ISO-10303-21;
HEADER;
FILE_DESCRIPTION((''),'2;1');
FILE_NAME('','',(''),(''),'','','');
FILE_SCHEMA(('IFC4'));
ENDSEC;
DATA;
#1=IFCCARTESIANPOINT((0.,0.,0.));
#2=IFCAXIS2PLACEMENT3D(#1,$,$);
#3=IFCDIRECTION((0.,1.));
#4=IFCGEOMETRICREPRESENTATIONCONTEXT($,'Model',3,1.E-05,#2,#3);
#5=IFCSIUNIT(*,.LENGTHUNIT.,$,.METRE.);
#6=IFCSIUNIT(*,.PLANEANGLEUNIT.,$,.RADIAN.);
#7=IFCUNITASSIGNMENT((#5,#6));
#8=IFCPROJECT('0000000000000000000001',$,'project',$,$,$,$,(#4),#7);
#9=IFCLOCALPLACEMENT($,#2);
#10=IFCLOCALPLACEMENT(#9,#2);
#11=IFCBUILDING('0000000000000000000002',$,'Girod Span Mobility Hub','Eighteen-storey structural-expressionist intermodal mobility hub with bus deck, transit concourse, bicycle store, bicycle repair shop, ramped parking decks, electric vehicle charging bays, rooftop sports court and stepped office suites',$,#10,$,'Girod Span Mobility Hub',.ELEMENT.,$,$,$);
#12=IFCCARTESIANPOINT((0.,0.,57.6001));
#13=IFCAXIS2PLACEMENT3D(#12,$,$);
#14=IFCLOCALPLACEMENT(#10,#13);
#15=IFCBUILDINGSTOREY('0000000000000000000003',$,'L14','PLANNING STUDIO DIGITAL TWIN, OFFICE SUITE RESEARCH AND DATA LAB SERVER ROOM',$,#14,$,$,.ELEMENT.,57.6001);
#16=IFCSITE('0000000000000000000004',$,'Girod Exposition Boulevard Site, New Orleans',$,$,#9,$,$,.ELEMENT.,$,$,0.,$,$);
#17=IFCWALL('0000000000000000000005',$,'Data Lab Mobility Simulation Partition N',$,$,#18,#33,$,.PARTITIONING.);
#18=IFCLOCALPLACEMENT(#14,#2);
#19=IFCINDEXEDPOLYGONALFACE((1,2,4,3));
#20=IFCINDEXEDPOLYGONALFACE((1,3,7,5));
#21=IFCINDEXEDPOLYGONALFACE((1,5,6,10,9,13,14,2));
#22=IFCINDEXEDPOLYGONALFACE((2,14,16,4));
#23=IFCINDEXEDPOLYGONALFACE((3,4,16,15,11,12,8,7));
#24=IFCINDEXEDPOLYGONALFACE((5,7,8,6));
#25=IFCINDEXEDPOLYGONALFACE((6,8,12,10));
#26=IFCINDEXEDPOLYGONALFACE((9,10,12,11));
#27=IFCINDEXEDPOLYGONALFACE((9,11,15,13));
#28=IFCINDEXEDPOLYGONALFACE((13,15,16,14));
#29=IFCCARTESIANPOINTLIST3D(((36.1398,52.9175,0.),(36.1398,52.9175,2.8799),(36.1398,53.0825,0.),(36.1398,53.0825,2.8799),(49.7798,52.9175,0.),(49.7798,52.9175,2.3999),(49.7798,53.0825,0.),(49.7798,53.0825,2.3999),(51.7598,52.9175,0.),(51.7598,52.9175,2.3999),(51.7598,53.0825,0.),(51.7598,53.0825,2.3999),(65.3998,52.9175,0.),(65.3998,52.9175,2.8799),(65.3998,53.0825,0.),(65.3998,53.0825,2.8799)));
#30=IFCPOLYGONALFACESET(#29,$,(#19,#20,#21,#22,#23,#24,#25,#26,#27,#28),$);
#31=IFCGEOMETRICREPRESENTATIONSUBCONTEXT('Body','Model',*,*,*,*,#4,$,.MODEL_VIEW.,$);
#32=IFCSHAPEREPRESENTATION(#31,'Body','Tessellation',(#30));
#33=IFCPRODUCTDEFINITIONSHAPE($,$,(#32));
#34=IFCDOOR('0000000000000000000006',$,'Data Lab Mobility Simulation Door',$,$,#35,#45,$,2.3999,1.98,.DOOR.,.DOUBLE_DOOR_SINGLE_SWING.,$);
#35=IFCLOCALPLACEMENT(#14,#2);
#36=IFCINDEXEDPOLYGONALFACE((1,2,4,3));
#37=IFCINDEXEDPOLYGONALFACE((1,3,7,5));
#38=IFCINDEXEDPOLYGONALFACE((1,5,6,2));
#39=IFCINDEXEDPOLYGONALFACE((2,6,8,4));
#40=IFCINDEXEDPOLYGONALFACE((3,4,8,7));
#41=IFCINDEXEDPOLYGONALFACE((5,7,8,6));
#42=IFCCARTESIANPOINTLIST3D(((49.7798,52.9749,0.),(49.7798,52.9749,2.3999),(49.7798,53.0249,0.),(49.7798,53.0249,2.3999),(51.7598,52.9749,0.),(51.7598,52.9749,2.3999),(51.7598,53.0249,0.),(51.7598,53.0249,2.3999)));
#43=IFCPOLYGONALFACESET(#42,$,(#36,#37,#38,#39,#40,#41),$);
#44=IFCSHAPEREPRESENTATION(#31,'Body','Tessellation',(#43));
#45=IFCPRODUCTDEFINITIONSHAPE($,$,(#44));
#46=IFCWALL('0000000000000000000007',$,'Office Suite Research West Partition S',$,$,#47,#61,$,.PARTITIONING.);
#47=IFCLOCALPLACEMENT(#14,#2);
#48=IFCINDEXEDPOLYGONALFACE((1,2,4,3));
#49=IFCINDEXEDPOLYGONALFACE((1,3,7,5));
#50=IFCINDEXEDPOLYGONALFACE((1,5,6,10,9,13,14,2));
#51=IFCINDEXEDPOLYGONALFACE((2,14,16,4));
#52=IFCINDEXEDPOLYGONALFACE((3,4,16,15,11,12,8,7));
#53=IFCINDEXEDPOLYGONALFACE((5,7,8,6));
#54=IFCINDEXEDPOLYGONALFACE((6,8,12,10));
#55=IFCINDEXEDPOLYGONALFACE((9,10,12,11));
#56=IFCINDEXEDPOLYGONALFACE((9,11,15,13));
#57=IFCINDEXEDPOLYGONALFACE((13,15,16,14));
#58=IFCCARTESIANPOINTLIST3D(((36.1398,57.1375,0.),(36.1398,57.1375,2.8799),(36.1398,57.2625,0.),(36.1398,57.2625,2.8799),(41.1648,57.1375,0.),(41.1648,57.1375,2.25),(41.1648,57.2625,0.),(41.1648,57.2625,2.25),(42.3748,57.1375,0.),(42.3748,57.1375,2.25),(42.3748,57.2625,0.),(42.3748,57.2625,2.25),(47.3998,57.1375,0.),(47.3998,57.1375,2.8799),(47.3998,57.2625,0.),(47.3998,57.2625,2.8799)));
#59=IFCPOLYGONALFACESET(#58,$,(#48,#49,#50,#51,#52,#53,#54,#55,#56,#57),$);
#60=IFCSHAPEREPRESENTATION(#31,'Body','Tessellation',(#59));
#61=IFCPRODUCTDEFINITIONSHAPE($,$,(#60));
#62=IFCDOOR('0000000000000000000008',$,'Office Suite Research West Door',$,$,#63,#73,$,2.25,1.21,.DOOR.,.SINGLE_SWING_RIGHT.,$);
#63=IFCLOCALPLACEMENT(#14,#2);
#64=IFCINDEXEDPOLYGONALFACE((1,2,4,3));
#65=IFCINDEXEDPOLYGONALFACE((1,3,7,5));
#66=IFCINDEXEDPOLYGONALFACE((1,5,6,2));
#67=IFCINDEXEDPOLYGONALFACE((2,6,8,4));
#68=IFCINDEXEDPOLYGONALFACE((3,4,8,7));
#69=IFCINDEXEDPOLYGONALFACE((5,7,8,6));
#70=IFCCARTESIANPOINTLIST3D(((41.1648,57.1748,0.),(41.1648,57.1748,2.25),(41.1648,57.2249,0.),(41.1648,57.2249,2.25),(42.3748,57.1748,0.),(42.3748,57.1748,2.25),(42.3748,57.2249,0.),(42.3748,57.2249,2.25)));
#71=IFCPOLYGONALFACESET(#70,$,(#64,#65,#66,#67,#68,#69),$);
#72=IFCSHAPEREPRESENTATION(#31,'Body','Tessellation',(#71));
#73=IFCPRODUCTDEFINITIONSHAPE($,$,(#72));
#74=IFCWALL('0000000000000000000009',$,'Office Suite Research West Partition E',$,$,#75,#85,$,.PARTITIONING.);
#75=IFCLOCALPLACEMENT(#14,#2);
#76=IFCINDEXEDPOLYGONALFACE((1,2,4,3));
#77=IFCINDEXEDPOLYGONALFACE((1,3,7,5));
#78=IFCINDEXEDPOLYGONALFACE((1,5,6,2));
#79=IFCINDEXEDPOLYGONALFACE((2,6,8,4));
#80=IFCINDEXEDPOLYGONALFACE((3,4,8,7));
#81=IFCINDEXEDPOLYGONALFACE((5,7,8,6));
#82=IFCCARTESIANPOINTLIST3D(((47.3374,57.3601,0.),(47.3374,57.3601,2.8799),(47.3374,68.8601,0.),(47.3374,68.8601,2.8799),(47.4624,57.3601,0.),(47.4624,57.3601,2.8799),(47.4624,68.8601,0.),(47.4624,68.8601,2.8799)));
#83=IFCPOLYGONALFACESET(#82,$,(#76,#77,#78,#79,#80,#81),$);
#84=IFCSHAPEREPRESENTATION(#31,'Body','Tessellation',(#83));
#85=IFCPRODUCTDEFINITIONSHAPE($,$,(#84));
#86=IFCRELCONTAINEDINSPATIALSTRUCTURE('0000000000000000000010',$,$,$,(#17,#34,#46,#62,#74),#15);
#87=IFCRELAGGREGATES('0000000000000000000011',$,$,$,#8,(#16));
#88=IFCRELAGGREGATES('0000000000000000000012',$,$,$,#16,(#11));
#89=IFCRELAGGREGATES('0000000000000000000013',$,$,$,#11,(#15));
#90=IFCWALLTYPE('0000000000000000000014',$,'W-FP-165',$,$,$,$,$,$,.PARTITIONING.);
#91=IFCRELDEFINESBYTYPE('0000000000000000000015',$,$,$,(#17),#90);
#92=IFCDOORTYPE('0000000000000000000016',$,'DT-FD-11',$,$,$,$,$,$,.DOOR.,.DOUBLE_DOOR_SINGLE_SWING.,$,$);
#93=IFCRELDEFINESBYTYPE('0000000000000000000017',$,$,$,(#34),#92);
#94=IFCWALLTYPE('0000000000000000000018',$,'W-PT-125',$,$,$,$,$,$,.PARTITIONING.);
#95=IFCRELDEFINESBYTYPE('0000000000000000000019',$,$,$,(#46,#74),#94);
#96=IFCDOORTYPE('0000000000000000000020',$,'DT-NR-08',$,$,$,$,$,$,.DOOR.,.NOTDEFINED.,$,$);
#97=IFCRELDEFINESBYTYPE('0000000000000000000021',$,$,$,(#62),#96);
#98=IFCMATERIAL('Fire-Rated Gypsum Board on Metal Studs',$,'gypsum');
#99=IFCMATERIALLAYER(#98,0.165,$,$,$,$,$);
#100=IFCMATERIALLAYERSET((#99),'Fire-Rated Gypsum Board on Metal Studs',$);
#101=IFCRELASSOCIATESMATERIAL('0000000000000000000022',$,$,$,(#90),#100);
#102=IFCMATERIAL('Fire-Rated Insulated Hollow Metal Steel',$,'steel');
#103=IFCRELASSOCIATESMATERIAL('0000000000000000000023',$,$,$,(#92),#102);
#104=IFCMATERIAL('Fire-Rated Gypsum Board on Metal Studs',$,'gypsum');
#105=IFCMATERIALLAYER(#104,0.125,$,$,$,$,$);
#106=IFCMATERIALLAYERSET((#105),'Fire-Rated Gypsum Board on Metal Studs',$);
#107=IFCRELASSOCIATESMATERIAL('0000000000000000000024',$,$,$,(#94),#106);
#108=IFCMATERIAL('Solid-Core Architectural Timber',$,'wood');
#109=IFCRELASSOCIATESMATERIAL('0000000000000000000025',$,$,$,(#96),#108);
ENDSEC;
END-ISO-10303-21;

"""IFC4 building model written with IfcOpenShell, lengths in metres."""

from ifc_helpers import new_model, si_unit, direction, frame, frame_2d, origin, place, context, subcontext, project, spatial, rectangle, extrude, material, layer, layer_set, type_object, element, fill, save


model = new_model("IFC4")

# Units and contexts
model_context = context("Model", 3, precision=1e-05, world=origin(), true_north=direction((0.0, 1.0)))
body_context = subcontext(model_context, "Body", "Model", "MODEL_VIEW")
ifc_project = project(units=[si_unit("LENGTHUNIT", "METRE"), si_unit("PLANEANGLEUNIT", "RADIAN")], contexts=[model_context])

# Site, building, storey
site_placement = place(None, origin())
site = spatial("IfcSite", under=ifc_project, at=site_placement, Name="Girod Exposition Boulevard Site, New Orleans", CompositionType="ELEMENT", RefElevation=0.0)
building_placement = place(site_placement, origin())
building = spatial("IfcBuilding", under=site, at=building_placement, Name="Girod Span Mobility Hub", Description="Eighteen-storey structural-expressionist intermodal mobility hub with bus deck, transit concourse, bicycle store, bicycle repair shop, ramped parking decks, electric vehicle charging bays, rooftop sports court and stepped office suites", LongName="Girod Span Mobility Hub", CompositionType="ELEMENT")
storey_placement = place(building_placement, frame((0.0, 0.0, 57.6001)))
storey = spatial("IfcBuildingStorey", under=building, at=storey_placement, Name="L14", Description="PLANNING STUDIO DIGITAL TWIN, OFFICE SUITE RESEARCH AND DATA LAB SERVER ROOM", CompositionType="ELEMENT", Elevation=57.6001)

# Walls, openings, doors
ifc_material_1 = material(Name="Fire-Rated Gypsum Board on Metal Studs", Category="gypsum")
ifc_layer_1 = layer(ifc_material_1, 0.165)
ifc_layer_set_1 = layer_set([ifc_layer_1], Name="Fire-Rated Gypsum Board on Metal Studs")
wall_type_1 = type_object("IfcWallType", Name="W-FP-165", PredefinedType="PARTITIONING", material=ifc_layer_set_1)
wall_1_placement = place(storey_placement, frame((36.1399, 53.0, 0.0), z_axis=(0.0, 0.0, 1.0), x_axis=(1.0, 0.0, 0.0)))
wall_1 = element("IfcWall", 1, at=wall_1_placement, inside=storey, type_object=wall_type_1, Name="Data Lab Mobility Simulation Partition N", PredefinedType="PARTITIONING", context=body_context, shape_type="SweptSolid", body=[
    extrude(rectangle(XDim=29.26, YDim=0.165, at=frame_2d((14.6299, 0.0))), origin(), (0.0, 0.0, 1.0), 2.8799),
])
opening_1_placement = place(wall_1_placement, frame((13.6399, 0.0, 0.0)))
opening_1 = element("IfcOpeningElement", 2, at=opening_1_placement, cuts=wall_1, PredefinedType="OPENING", context=body_context, shape_type="SweptSolid", body=[
    extrude(rectangle(XDim=1.98, YDim=2.3999, at=frame_2d((0.99, 1.2))), frame((0.0, 0.0974, 0.0), z_axis=(0.0, -1.0, 0.0), x_axis=(1.0, 0.0, 0.0)), (0.0, 0.0, 1.0), 0.1951),
])
ifc_material_2 = material(Name="Fire-Rated Insulated Hollow Metal Steel", Category="steel")
door_type_1 = type_object("IfcDoorType", Name="DT-FD-11", OperationType="DOUBLE_DOOR_SINGLE_SWING", PredefinedType="DOOR", material=ifc_material_2)
door_1_placement = place(opening_1_placement, origin())
door_1 = element("IfcDoor", 3, at=door_1_placement, inside=storey, type_object=door_type_1, Name="Data Lab Mobility Simulation Door", OperationType="DOUBLE_DOOR_SINGLE_SWING", OverallHeight=2.3999, OverallWidth=1.98, PredefinedType="DOOR", context=body_context, shape_type="SweptSolid", body=[
    extrude(rectangle(XDim=1.98, YDim=2.3999, at=frame_2d((0.99, 1.2))), frame((0.0, 0.0249, 0.0), z_axis=(0.0, -1.0, 0.0), x_axis=(1.0, 0.0, 0.0)), (0.0, 0.0, 1.0), 0.05),
])
fill(opening_1, door_1)
ifc_material_3 = material(Name="Fire-Rated Gypsum Board on Metal Studs", Category="gypsum")
ifc_layer_2 = layer(ifc_material_3, 0.125)
ifc_layer_set_2 = layer_set([ifc_layer_2], Name="Fire-Rated Gypsum Board on Metal Studs")
wall_type_2 = type_object("IfcWallType", Name="W-PT-125", PredefinedType="PARTITIONING", material=ifc_layer_set_2)
wall_2_placement = place(storey_placement, frame((36.1399, 57.2, 0.0), z_axis=(0.0, 0.0, 1.0), x_axis=(1.0, 0.0, 0.0)))
wall_2 = element("IfcWall", 4, at=wall_2_placement, inside=storey, type_object=wall_type_2, Name="Office Suite Research West Partition S", PredefinedType="PARTITIONING", context=body_context, shape_type="SweptSolid", body=[
    extrude(rectangle(XDim=11.26, YDim=0.125, at=frame_2d((5.6299, 0.0))), origin(), (0.0, 0.0, 1.0), 2.8799),
])
opening_2_placement = place(wall_2_placement, frame((5.0249, 0.0, 0.0)))
opening_2 = element("IfcOpeningElement", 5, at=opening_2_placement, cuts=wall_2, PredefinedType="OPENING", context=body_context, shape_type="SweptSolid", body=[
    extrude(rectangle(XDim=1.21, YDim=2.25, at=frame_2d((0.605, 1.125))), frame((0.0, 0.0774, 0.0), z_axis=(0.0, -1.0, 0.0), x_axis=(1.0, 0.0, 0.0)), (0.0, 0.0, 1.0), 0.155),
])
ifc_material_4 = material(Name="Solid-Core Architectural Timber", Category="wood")
door_type_2 = type_object("IfcDoorType", Name="DT-NR-08", OperationType="NOTDEFINED", PredefinedType="DOOR", material=ifc_material_4)
door_2_placement = place(opening_2_placement, origin())
door_2 = element("IfcDoor", 6, at=door_2_placement, inside=storey, type_object=door_type_2, Name="Office Suite Research West Door", OperationType="SINGLE_SWING_RIGHT", OverallHeight=2.25, OverallWidth=1.21, PredefinedType="DOOR", context=body_context, shape_type="SweptSolid", body=[
    extrude(rectangle(XDim=1.21, YDim=2.25, at=frame_2d((0.605, 1.125))), frame((0.0, 0.0249, 0.0), z_axis=(0.0, -1.0, 0.0), x_axis=(1.0, 0.0, 0.0)), (0.0, 0.0, 1.0), 0.05),
])
fill(opening_2, door_2)

# Wall
wall_3_placement = place(storey_placement, frame((47.3999, 57.3601, 0.0), z_axis=(0.0, 0.0, 1.0), x_axis=(0.0, 1.0, 0.0)))
element("IfcWall", 7, at=wall_3_placement, inside=storey, type_object=wall_type_2, Name="Office Suite Research West Partition E", PredefinedType="PARTITIONING", context=body_context, shape_type="SweptSolid", body=[
    extrude(rectangle(XDim=11.5, YDim=0.125, at=frame_2d((5.75, 0.0))), origin(), (0.0, 0.0, 1.0), 2.8799),
])

save(model, "model.ifc")
